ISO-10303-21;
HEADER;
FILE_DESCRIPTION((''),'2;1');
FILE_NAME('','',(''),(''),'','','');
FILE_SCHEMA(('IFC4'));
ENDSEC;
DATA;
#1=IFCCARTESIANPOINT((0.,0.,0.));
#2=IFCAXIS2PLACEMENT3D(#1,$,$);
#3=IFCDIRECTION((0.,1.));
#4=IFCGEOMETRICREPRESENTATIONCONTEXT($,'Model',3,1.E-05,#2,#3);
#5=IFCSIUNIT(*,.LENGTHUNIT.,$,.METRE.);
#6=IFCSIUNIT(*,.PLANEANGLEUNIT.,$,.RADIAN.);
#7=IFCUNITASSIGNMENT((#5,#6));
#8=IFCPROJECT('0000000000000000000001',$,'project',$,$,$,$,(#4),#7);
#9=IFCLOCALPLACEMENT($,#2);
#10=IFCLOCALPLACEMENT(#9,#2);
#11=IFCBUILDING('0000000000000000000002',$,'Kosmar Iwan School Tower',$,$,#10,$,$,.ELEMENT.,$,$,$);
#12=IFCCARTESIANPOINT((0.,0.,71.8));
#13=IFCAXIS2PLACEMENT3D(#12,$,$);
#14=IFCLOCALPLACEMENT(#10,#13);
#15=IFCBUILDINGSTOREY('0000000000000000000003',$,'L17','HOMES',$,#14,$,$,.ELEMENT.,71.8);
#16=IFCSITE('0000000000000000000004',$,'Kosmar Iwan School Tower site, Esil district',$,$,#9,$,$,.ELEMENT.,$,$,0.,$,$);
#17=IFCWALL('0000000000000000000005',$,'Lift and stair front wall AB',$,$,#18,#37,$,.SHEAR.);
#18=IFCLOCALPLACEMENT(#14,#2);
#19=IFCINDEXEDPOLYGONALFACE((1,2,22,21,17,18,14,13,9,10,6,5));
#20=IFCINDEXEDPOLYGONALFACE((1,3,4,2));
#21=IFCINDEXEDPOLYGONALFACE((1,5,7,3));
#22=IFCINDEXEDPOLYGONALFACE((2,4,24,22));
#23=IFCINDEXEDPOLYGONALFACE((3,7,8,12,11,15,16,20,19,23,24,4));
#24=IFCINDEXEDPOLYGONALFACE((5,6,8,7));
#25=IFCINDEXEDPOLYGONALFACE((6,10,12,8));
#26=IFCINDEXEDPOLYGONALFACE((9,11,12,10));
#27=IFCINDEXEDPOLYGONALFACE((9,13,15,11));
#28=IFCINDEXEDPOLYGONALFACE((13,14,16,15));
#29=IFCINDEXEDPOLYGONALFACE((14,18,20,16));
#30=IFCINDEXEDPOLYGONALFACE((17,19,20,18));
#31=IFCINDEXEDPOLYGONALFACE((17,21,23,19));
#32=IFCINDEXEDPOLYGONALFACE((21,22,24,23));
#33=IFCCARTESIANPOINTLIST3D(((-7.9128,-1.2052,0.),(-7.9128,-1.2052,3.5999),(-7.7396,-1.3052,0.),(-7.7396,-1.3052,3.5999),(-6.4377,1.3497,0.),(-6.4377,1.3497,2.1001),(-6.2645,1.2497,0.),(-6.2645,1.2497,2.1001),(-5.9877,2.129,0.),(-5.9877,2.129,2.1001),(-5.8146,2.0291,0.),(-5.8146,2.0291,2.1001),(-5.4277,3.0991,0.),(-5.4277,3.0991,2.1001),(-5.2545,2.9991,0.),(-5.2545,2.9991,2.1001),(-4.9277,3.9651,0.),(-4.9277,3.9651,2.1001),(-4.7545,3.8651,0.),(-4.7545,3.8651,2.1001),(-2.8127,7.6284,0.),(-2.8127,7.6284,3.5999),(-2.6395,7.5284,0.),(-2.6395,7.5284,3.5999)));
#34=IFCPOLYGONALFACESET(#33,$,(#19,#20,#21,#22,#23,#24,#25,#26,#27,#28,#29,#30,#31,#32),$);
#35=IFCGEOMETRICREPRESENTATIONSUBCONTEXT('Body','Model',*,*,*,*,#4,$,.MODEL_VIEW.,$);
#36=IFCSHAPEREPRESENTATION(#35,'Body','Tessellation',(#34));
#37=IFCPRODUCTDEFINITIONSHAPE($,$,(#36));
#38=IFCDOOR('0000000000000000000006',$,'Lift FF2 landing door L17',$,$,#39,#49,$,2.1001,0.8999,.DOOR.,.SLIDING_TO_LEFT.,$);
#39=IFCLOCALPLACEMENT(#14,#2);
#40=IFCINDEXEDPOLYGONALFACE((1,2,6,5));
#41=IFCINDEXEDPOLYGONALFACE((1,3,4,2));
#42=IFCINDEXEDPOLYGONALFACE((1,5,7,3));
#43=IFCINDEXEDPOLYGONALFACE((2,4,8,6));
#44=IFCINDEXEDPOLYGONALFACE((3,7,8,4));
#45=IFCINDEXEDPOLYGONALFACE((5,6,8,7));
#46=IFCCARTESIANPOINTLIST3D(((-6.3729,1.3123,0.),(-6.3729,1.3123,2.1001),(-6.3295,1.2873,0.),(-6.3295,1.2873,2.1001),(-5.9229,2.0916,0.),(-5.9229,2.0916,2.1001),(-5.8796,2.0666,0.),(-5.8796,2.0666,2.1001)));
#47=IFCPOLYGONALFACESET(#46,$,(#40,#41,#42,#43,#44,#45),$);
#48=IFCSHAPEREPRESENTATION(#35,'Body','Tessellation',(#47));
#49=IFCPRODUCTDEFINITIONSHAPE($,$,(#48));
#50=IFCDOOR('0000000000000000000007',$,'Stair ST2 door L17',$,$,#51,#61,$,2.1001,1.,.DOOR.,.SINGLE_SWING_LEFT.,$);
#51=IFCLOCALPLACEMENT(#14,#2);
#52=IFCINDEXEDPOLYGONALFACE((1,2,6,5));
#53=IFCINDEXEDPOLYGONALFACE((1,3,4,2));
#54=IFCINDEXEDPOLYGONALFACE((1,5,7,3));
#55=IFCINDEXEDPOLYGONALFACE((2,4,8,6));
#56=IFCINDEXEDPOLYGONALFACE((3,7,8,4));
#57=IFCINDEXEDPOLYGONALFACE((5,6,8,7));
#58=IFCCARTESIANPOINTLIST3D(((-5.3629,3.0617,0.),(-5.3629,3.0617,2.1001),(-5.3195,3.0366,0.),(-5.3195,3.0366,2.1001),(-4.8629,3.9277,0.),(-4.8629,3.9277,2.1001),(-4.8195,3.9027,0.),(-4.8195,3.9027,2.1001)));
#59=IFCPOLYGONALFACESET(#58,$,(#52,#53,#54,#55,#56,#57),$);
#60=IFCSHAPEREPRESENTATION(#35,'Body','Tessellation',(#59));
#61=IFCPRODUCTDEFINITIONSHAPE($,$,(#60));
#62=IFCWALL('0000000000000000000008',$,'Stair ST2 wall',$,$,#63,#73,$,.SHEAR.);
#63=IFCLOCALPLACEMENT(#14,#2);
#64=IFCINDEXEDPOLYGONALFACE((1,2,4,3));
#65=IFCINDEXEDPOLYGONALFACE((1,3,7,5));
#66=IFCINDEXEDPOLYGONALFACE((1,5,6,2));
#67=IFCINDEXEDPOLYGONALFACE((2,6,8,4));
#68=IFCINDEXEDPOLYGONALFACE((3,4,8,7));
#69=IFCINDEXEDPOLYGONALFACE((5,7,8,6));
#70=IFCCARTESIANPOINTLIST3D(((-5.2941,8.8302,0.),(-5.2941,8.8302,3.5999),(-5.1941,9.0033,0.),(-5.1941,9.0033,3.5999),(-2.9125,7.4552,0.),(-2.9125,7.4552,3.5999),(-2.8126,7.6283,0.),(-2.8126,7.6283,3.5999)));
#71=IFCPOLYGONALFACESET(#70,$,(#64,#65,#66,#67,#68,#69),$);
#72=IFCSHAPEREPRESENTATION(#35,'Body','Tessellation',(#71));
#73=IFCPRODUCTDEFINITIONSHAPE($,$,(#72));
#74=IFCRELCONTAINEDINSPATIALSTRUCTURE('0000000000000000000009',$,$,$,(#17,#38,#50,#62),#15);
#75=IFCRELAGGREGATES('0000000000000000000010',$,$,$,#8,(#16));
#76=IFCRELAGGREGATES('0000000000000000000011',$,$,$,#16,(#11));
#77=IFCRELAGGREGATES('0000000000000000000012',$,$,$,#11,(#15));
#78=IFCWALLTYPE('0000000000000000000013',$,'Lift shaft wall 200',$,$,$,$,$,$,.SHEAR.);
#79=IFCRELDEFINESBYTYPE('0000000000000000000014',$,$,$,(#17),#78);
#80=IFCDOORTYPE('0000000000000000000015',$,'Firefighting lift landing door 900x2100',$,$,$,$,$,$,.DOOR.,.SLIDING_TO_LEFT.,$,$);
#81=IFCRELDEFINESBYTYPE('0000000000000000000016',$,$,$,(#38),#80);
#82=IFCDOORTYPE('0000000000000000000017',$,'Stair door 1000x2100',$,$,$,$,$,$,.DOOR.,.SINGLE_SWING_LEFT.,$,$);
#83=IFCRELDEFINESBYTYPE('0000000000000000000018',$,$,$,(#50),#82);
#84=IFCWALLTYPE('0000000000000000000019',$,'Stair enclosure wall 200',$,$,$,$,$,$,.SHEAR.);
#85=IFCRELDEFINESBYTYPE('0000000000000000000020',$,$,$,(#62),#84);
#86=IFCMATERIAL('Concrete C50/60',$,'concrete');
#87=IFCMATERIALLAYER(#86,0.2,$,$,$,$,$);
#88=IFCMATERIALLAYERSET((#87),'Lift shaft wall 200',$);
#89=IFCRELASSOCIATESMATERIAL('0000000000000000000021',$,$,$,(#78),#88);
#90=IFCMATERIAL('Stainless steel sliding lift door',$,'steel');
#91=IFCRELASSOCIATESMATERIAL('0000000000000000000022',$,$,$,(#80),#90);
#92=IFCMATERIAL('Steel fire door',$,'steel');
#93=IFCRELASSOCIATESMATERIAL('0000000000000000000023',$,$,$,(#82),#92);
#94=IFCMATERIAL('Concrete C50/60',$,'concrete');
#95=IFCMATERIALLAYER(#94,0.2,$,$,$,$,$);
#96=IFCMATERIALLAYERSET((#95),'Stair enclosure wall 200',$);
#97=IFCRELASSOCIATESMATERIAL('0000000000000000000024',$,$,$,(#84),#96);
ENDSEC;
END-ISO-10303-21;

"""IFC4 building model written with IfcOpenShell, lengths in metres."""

from ifc_helpers import new_model, si_unit, direction, frame, frame_2d, origin, place, context, subcontext, project, spatial, rectangle, extrude, material, layer, layer_set, type_object, element, fill, save


model = new_model("IFC4")

# Units and contexts
model_context = context("Model", 3, precision=1e-05, world=origin(), true_north=direction((0.0, 1.0)))
body_context = subcontext(model_context, "Body", "Model", "MODEL_VIEW")
ifc_project = project(units=[si_unit("LENGTHUNIT", "METRE"), si_unit("PLANEANGLEUNIT", "RADIAN")], contexts=[model_context])

# Site, building, storey
site_placement = place(None, origin())
site = spatial("IfcSite", under=ifc_project, at=site_placement, Name="Kosmar Iwan School Tower site, Esil district", CompositionType="ELEMENT", RefElevation=0.0)
building_placement = place(site_placement, origin())
building = spatial("IfcBuilding", under=site, at=building_placement, Name="Kosmar Iwan School Tower", CompositionType="ELEMENT")
storey_placement = place(building_placement, frame((0.0, 0.0, 71.8)))
storey = spatial("IfcBuildingStorey", under=building, at=storey_placement, Name="L17", Description="HOMES", CompositionType="ELEMENT", Elevation=71.8)

# Wall, openings, doors
ifc_material_1 = material(Name="Concrete C50/60", Category="concrete")
ifc_layer_1 = layer(ifc_material_1, 0.2)
ifc_layer_set_1 = layer_set([ifc_layer_1], Name="Lift shaft wall 200")
wall_type_1 = type_object("IfcWallType", Name="Lift shaft wall 200", PredefinedType="SHEAR", material=ifc_layer_set_1)
wall_1_placement = place(storey_placement, frame((-2.7261, 7.5784, 0.0), z_axis=(0.0, 0.0, 1.0), x_axis=(-0.500006, -0.866022, 0.0)))
wall_1 = element("IfcWall", 1, at=wall_1_placement, inside=storey, type_object=wall_type_1, Name="Lift and stair front wall AB", PredefinedType="SHEAR", context=body_context, shape_type="SweptSolid", body=[
    extrude(rectangle(XDim=10.2002, YDim=0.2, at=frame_2d((5.1001, 0.0))), origin(), (0.0, 0.0, 1.0), 3.5999),
])
opening_1_placement = place(wall_1_placement, frame((6.3501, 0.0, 0.0)))
opening_1 = element("IfcOpeningElement", 2, at=opening_1_placement, cuts=wall_1, PredefinedType="OPENING", context=body_context, shape_type="SweptSolid", body=[
    extrude(rectangle(XDim=0.8999, YDim=2.1001, at=frame_2d((0.45, 1.05))), frame((0.0, 0.1121, 0.0), z_axis=(0.0, -1.0, 0.0), x_axis=(1.0, 0.0, 0.0)), (0.0, 0.0, 1.0), 0.2239),
])
opening_2_placement = place(wall_1_placement, frame((4.23, 0.0, 0.0)))
opening_2 = element("IfcOpeningElement", 3, at=opening_2_placement, cuts=wall_1, PredefinedType="OPENING", context=body_context, shape_type="SweptSolid", body=[
    extrude(rectangle(XDim=1.0, YDim=2.1001, at=frame_2d((0.5, 1.05))), frame((0.0, 0.1121, 0.0), z_axis=(0.0, -1.0, 0.0), x_axis=(1.0, 0.0, 0.0)), (0.0, 0.0, 1.0), 0.2239),
])
ifc_material_2 = material(Name="Stainless steel sliding lift door", Category="steel")
door_type_1 = type_object("IfcDoorType", Name="Firefighting lift landing door 900x2100", OperationType="SLIDING_TO_LEFT", PredefinedType="DOOR", material=ifc_material_2)
door_1_placement = place(opening_1_placement, origin())
door_1 = element("IfcDoor", 4, at=door_1_placement, inside=storey, type_object=door_type_1, Name="Lift FF2 landing door L17", OperationType="SLIDING_TO_LEFT", OverallHeight=2.1001, OverallWidth=0.8999, PredefinedType="DOOR", context=body_context, shape_type="SweptSolid", body=[
    extrude(rectangle(XDim=0.8999, YDim=2.1001, at=frame_2d((0.45, 1.05))), frame((0.0, 0.0249, 0.0), z_axis=(0.0, -1.0, 0.0), x_axis=(1.0, 0.0, 0.0)), (0.0, 0.0, 1.0), 0.05),
])
fill(opening_1, door_1)
ifc_material_3 = material(Name="Steel fire door", Category="steel")
door_type_2 = type_object("IfcDoorType", Name="Stair door 1000x2100", OperationType="SINGLE_SWING_LEFT", PredefinedType="DOOR", material=ifc_material_3)
door_2_placement = place(opening_2_placement, origin())
door_2 = element("IfcDoor", 5, at=door_2_placement, inside=storey, type_object=door_type_2, Name="Stair ST2 door L17", OperationType="SINGLE_SWING_LEFT", OverallHeight=2.1001, OverallWidth=1.0, PredefinedType="DOOR", context=body_context, shape_type="SweptSolid", body=[
    extrude(rectangle(XDim=1.0, YDim=2.1001, at=frame_2d((0.5, 1.05))), frame((0.0, 0.0249, 0.0), z_axis=(0.0, -1.0, 0.0), x_axis=(1.0, 0.0, 0.0)), (0.0, 0.0, 1.0), 0.05),
])
fill(opening_2, door_2)

# Wall
ifc_material_4 = material(Name="Concrete C50/60", Category="concrete")
ifc_layer_2 = layer(ifc_material_4, 0.2)
ifc_layer_set_2 = layer_set([ifc_layer_2], Name="Stair enclosure wall 200")
wall_type_2 = type_object("IfcWallType", Name="Stair enclosure wall 200", PredefinedType="SHEAR", material=ifc_layer_set_2)
wall_2_placement = place(storey_placement, frame((-2.8625, 7.5417, 0.0), z_axis=(0.0, 0.0, 1.0), x_axis=(-0.866027, 0.499997, 0.0)))
element("IfcWall", 6, at=wall_2_placement, inside=storey, type_object=wall_type_2, Name="Stair ST2 wall", PredefinedType="SHEAR", context=body_context, shape_type="SweptSolid", body=[
    extrude(rectangle(XDim=2.75, YDim=0.2, at=frame_2d((1.375, 0.0))), origin(), (0.0, 0.0, 1.0), 3.5999),
])

save(model, "model.ifc")
